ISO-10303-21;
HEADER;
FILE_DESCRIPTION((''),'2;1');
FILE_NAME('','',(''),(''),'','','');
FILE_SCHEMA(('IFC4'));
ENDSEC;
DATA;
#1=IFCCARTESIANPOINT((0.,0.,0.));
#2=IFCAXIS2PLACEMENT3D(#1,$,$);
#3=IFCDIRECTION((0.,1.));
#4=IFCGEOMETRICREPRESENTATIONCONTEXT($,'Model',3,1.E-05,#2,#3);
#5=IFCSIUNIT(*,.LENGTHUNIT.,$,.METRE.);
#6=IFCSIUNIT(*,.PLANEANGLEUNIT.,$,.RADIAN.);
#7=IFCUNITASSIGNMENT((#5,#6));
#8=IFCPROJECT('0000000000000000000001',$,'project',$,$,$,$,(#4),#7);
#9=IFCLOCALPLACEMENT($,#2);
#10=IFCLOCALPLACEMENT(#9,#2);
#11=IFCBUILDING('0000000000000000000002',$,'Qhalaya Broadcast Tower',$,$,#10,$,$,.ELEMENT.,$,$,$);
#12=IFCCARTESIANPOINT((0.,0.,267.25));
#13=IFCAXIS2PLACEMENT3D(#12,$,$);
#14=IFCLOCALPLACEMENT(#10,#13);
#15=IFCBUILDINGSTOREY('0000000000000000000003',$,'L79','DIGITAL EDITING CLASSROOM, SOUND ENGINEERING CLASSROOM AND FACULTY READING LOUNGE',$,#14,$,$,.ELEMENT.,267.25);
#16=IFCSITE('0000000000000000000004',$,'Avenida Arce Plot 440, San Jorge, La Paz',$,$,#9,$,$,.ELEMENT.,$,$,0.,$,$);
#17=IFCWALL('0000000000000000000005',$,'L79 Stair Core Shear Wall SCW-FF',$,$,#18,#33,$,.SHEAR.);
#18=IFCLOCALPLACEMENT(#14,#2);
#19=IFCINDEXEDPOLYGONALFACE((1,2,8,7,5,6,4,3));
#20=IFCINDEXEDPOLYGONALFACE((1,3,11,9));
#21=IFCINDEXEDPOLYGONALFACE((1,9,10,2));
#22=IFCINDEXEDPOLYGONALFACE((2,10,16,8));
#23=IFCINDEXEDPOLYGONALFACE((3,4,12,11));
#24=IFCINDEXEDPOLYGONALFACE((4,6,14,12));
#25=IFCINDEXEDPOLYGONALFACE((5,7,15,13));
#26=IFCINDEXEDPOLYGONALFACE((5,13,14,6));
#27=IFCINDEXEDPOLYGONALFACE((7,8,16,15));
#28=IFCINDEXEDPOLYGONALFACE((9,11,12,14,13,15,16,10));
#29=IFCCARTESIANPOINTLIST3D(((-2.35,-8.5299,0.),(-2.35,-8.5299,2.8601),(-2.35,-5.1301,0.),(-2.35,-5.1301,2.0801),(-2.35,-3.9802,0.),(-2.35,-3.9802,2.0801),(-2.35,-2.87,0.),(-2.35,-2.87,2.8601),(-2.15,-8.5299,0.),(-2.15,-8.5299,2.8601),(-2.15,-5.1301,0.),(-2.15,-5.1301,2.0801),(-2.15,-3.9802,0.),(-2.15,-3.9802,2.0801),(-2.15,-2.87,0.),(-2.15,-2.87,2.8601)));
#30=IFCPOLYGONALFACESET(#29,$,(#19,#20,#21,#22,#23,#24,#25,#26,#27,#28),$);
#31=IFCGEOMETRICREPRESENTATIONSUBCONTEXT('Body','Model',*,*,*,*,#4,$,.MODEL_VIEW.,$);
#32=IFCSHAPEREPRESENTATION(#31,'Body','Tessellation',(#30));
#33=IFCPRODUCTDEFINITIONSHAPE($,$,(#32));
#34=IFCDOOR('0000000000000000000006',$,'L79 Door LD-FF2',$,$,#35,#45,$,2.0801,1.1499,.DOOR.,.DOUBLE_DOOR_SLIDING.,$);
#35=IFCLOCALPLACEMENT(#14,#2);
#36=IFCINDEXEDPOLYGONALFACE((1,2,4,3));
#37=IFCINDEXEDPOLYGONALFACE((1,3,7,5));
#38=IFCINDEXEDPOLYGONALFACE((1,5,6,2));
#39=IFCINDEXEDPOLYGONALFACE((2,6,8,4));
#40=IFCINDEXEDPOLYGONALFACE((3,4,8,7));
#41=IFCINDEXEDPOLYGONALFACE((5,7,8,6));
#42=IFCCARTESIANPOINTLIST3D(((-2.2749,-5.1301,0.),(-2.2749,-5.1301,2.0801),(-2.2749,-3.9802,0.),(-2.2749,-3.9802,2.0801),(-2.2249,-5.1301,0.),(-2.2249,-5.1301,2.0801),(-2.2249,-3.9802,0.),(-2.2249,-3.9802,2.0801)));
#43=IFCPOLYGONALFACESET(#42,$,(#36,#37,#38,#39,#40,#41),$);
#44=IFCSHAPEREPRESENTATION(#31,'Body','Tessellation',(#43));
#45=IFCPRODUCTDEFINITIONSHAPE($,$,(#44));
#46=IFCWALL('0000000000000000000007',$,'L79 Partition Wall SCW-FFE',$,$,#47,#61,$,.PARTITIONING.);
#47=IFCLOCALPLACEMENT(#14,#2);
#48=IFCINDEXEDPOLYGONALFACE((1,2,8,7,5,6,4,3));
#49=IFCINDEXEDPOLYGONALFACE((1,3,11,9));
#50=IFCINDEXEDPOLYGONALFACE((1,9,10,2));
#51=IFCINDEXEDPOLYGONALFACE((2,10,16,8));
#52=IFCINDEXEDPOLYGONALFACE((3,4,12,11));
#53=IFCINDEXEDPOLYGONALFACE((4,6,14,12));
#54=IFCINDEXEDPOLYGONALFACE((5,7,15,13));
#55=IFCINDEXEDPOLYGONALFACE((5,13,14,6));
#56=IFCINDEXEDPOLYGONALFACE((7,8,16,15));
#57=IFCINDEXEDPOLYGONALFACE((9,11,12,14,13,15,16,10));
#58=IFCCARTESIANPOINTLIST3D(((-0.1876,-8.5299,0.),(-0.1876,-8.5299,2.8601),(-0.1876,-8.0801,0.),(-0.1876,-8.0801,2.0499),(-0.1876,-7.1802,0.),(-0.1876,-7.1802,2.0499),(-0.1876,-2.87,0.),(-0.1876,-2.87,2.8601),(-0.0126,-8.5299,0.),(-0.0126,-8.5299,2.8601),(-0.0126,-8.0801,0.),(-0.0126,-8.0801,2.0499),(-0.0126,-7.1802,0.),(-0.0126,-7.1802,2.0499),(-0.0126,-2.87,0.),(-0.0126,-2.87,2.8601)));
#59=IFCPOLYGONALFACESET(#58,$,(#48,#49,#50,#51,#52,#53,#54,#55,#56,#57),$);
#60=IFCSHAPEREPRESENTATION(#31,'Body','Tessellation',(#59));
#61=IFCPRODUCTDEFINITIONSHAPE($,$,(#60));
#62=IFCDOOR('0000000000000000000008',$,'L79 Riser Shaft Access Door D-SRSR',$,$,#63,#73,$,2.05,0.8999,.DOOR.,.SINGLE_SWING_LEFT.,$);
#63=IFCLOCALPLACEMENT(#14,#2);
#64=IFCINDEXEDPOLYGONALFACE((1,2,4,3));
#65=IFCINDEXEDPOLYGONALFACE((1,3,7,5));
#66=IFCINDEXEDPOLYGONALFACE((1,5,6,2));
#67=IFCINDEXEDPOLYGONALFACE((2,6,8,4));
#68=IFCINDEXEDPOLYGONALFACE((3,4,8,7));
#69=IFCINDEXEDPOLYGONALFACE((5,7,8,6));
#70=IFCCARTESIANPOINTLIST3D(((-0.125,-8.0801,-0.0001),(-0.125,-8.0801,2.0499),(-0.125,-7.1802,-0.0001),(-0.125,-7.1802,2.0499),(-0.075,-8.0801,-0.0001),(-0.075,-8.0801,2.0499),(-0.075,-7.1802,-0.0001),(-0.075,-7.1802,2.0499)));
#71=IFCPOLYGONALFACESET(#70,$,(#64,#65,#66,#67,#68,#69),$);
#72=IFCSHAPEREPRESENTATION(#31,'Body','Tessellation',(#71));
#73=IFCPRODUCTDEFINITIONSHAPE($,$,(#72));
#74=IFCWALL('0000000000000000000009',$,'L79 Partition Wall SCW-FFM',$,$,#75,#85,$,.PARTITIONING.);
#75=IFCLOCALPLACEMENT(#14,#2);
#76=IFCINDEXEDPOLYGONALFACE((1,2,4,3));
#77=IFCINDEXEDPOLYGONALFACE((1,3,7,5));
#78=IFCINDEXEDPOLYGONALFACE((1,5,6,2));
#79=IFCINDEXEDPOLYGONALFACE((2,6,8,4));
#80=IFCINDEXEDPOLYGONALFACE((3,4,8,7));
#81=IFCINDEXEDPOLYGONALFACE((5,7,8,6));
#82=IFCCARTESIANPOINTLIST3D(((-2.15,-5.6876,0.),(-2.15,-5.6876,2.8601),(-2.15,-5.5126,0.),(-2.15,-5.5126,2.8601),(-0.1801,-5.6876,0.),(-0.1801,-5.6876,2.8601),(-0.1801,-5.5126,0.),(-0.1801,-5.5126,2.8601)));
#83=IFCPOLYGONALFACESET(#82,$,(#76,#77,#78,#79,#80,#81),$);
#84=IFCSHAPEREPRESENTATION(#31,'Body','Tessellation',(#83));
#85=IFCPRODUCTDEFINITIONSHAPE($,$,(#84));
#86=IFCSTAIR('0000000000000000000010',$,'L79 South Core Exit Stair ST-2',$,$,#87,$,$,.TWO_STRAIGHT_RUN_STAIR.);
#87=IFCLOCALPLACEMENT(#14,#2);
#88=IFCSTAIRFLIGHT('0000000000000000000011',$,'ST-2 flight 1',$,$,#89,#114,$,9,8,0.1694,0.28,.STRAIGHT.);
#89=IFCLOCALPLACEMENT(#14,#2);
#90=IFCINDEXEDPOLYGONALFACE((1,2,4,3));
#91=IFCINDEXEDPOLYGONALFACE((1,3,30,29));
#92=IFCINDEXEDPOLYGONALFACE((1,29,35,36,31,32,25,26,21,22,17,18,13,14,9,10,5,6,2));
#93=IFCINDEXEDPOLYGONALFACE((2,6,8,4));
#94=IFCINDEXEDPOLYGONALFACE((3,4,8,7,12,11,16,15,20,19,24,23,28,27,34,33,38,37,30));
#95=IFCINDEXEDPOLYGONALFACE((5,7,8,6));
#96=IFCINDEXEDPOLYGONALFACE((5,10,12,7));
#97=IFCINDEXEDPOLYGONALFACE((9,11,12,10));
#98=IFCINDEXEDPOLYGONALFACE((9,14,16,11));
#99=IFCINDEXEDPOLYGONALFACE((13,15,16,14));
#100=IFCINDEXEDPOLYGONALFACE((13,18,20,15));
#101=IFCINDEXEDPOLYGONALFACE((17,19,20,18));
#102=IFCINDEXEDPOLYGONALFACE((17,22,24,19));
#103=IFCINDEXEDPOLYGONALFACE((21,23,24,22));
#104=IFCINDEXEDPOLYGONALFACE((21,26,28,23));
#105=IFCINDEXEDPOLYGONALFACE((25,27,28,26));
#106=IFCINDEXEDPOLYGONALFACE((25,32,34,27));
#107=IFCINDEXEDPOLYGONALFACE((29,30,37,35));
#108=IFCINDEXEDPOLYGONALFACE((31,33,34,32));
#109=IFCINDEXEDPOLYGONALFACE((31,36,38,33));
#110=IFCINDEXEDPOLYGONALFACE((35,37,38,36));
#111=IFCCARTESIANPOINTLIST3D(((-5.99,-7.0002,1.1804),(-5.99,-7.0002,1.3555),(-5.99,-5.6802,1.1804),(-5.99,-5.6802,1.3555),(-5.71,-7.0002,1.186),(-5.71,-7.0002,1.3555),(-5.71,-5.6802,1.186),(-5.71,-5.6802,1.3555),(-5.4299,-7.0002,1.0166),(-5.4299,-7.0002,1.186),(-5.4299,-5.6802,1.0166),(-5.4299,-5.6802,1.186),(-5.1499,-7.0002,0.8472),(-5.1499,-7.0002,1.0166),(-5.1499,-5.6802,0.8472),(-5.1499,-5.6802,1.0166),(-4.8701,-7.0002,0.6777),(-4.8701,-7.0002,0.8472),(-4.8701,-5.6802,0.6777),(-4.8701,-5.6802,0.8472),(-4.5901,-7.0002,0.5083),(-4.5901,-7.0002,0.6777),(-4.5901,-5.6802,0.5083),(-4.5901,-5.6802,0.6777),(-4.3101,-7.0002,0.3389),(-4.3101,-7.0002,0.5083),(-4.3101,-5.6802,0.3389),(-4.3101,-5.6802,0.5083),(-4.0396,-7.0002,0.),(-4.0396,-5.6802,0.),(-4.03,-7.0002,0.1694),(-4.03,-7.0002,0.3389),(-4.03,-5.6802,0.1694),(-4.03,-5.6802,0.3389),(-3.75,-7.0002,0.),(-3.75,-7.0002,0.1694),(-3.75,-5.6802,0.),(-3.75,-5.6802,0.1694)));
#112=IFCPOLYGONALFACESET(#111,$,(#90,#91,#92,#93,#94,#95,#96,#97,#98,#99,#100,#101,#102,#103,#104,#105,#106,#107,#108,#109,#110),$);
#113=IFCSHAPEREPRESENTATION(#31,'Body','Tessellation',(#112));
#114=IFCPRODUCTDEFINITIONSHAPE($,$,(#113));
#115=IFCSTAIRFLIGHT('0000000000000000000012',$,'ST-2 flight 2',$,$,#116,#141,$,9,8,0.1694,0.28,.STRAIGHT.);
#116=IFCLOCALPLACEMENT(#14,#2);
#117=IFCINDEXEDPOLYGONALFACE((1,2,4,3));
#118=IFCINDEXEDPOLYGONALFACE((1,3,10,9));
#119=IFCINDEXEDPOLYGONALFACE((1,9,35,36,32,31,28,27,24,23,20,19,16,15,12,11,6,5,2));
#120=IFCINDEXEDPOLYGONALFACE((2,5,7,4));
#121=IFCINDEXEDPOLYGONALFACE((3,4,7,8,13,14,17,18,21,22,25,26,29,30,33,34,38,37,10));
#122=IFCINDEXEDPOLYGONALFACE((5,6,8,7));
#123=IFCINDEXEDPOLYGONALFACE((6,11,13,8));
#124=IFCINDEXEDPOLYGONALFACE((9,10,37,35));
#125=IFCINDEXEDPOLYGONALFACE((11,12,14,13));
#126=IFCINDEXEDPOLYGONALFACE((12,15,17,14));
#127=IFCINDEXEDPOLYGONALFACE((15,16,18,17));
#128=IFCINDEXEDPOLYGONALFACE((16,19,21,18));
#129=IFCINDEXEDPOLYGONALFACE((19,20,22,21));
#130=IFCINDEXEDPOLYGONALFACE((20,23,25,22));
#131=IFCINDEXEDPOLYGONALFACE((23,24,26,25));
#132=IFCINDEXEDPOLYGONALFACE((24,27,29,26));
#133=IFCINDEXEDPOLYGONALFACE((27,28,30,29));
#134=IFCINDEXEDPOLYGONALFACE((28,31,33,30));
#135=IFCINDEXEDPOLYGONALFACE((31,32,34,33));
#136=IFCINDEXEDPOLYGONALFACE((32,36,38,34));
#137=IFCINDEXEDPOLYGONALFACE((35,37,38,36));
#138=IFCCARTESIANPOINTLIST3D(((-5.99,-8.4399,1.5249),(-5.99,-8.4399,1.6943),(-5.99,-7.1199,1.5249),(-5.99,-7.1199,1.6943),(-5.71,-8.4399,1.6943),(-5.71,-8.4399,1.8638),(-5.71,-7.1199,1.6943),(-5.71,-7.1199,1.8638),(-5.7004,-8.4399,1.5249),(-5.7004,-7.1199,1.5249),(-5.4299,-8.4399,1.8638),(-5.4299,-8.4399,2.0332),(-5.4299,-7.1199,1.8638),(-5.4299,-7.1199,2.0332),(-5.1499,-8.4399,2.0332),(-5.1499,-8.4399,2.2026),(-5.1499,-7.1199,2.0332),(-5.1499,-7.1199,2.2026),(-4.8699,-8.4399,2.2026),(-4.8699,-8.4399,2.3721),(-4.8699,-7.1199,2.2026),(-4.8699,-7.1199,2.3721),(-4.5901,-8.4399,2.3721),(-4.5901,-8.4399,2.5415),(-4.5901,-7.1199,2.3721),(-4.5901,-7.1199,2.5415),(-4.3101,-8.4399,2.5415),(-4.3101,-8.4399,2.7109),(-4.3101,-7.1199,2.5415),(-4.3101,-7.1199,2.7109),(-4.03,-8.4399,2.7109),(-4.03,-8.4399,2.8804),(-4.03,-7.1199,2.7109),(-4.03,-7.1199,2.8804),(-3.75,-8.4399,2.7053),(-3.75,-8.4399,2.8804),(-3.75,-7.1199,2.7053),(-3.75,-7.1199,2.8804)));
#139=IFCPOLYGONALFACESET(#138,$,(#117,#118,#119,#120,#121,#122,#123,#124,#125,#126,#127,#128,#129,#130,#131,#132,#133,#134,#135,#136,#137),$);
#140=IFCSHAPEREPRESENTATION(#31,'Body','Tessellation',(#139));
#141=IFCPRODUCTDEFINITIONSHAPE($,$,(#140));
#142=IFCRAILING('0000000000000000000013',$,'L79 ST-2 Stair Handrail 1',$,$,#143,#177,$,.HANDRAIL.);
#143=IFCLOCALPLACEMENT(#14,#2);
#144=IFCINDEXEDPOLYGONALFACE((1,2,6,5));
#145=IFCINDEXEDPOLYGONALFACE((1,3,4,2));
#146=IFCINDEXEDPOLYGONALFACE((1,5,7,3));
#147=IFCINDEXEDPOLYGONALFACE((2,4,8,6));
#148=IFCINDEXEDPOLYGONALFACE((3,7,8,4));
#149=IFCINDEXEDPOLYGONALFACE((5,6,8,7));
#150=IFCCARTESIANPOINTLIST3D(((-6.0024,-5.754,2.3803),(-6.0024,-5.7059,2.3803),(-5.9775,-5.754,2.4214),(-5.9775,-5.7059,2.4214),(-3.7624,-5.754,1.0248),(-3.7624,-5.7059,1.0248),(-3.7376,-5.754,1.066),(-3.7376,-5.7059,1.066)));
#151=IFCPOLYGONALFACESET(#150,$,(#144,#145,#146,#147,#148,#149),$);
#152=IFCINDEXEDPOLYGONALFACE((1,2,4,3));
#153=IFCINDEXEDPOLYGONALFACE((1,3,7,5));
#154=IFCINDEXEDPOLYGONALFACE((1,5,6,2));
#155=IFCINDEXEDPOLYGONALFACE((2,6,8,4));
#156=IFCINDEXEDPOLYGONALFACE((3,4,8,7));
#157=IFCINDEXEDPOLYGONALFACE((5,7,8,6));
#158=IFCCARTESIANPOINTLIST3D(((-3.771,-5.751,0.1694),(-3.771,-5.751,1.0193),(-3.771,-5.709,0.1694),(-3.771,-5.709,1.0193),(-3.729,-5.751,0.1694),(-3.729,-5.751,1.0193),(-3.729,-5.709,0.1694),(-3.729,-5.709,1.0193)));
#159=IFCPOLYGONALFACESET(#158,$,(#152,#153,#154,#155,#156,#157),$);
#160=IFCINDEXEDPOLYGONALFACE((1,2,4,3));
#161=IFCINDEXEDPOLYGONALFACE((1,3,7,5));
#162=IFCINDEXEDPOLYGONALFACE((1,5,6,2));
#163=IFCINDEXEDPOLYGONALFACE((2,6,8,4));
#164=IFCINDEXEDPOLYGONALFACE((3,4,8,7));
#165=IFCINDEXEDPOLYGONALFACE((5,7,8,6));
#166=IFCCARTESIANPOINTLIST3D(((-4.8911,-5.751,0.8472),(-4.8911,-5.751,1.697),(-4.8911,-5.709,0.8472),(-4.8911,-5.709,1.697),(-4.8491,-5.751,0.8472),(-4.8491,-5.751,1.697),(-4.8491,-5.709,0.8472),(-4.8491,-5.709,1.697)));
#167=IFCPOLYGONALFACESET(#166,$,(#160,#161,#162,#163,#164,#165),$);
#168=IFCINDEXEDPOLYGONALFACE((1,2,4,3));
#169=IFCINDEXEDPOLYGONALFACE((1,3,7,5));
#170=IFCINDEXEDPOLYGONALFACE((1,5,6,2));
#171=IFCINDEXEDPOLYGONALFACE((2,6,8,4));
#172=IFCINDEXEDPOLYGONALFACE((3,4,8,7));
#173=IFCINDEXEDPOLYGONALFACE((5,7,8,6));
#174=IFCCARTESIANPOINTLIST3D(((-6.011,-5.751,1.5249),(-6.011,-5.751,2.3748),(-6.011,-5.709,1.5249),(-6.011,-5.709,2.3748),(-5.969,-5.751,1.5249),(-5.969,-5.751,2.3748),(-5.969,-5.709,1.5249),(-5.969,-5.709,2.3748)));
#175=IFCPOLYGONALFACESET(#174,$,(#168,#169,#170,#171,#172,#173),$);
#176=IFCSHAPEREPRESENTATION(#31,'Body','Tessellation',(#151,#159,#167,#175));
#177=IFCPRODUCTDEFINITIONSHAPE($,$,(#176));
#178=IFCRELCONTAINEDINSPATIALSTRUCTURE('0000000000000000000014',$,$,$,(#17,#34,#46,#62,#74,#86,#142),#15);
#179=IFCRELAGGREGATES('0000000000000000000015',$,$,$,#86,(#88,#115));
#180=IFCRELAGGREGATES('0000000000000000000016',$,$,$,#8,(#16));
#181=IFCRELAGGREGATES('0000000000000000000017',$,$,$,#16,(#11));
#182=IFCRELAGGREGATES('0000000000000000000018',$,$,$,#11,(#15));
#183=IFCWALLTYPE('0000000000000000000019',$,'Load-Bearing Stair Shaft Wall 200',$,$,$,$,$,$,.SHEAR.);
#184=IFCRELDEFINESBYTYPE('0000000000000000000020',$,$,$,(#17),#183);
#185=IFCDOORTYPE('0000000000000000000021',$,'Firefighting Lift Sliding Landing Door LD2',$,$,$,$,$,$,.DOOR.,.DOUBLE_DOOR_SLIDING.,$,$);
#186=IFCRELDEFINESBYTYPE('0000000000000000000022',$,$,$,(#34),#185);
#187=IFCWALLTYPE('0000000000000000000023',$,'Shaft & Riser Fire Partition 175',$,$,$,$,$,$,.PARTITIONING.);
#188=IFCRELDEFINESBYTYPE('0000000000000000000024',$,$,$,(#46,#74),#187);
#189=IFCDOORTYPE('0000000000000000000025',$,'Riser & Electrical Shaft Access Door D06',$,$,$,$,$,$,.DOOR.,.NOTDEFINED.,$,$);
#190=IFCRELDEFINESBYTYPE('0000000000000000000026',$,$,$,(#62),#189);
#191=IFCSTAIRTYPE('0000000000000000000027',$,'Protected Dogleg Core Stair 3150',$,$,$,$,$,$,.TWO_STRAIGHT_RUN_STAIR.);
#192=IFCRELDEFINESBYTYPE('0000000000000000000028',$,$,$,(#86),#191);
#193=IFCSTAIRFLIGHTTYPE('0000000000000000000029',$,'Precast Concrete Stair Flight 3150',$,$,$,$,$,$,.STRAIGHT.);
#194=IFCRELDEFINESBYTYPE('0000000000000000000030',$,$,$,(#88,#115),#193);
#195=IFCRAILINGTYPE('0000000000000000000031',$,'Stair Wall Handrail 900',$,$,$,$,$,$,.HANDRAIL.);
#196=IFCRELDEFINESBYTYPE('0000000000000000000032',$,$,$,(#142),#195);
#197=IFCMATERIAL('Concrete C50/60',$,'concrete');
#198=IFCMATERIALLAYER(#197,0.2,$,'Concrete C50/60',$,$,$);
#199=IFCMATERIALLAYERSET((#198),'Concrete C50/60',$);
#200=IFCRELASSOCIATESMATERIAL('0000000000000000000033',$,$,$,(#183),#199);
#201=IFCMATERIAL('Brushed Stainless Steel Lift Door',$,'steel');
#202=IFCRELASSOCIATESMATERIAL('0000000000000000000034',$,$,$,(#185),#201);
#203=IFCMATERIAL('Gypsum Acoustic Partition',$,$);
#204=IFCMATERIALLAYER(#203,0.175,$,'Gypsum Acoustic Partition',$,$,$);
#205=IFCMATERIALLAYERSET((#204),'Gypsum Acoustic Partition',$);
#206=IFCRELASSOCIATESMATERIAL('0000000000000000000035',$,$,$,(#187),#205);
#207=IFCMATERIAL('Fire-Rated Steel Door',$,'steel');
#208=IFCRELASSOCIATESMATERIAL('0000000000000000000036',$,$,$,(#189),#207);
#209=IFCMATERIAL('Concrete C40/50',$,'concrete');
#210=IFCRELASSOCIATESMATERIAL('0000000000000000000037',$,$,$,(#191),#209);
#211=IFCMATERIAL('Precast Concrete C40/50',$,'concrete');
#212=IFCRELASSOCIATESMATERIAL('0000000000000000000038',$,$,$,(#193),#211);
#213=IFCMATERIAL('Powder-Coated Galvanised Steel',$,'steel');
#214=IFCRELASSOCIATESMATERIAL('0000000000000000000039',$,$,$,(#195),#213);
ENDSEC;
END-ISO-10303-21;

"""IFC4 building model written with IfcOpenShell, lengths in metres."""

from ifc_helpers import new_model, si_unit, direction, frame, frame_2d, origin, origin_2d, place, context, subcontext, project, spatial, polyline, rectangle, outline, extrude, material, layer, layer_set, type_object, element, fill, aggregate, save


model = new_model("IFC4")

# Units and contexts
model_context = context("Model", 3, precision=1e-05, world=origin(), true_north=direction((0.0, 1.0)))
body_context = subcontext(model_context, "Body", "Model", "MODEL_VIEW")
ifc_project = project(units=[si_unit("LENGTHUNIT", "METRE"), si_unit("PLANEANGLEUNIT", "RADIAN")], contexts=[model_context])

# Site, building, storey
site_placement = place(None, origin())
site = spatial("IfcSite", under=ifc_project, at=site_placement, Name="Avenida Arce Plot 440, San Jorge, La Paz", CompositionType="ELEMENT", RefElevation=0.0)
building_placement = place(site_placement, origin())
building = spatial("IfcBuilding", under=site, at=building_placement, Name="Qhalaya Broadcast Tower", CompositionType="ELEMENT")
storey_placement = place(building_placement, frame((0.0, 0.0, 267.25)))
storey = spatial("IfcBuildingStorey", under=building, at=storey_placement, Name="L79", Description="DIGITAL EDITING CLASSROOM, SOUND ENGINEERING CLASSROOM AND FACULTY READING LOUNGE", CompositionType="ELEMENT", Elevation=267.25)

# Shared definitions
ifc_material_1 = material(Name="Concrete C50/60", Category="concrete")

# Walls, openings, doors
ifc_layer_1 = layer(ifc_material_1, 0.2, Name="Concrete C50/60")
ifc_layer_set_1 = layer_set([ifc_layer_1], Name="Concrete C50/60")
wall_type_1 = type_object("IfcWallType", Name="Load-Bearing Stair Shaft Wall 200", PredefinedType="SHEAR", material=ifc_layer_set_1)
ifc_material_2 = material(Name="Fire-Rated Steel Door", Category="steel")
wall_1_placement = place(storey_placement, frame((-2.25, -8.53, 0.0), z_axis=(0.0, 0.0, 1.0), x_axis=(0.0, 1.0, 0.0)))
wall_1 = element("IfcWall", 1, at=wall_1_placement, inside=storey, type_object=wall_type_1, Name="L79 Stair Core Shear Wall SCW-FF", PredefinedType="SHEAR", context=body_context, shape_type="SweptSolid", body=[
    extrude(rectangle(XDim=5.6599, YDim=0.2, at=frame_2d((2.8301, 0.0))), origin(), (0.0, 0.0, 1.0), 2.8601),
])
opening_1_placement = place(wall_1_placement, frame((3.3999, 0.0, 0.0)))
opening_1 = element("IfcOpeningElement", 2, at=opening_1_placement, cuts=wall_1, PredefinedType="OPENING", context=body_context, shape_type="SweptSolid", body=[
    extrude(rectangle(XDim=1.1499, YDim=2.0801, at=frame_2d((0.575, 1.04))), frame((0.0, 0.1121, 0.0), z_axis=(0.0, -1.0, 0.0), x_axis=(1.0, 0.0, 0.0)), (0.0, 0.0, 1.0), 0.2239),
])
ifc_material_3 = material(Name="Brushed Stainless Steel Lift Door", Category="steel")
door_type_1 = type_object("IfcDoorType", Name="Firefighting Lift Sliding Landing Door LD2", OperationType="DOUBLE_DOOR_SLIDING", PredefinedType="DOOR", material=ifc_material_3)
door_1_placement = place(opening_1_placement, origin())
door_1 = element("IfcDoor", 3, at=door_1_placement, inside=storey, type_object=door_type_1, Name="L79 Door LD-FF2", OperationType="DOUBLE_DOOR_SLIDING", OverallHeight=2.0801, OverallWidth=1.1499, PredefinedType="DOOR", context=body_context, shape_type="SweptSolid", body=[
    extrude(rectangle(XDim=1.1499, YDim=2.0801, at=frame_2d((0.575, 1.04))), frame((0.0, 0.0249, 0.0), z_axis=(0.0, -1.0, 0.0), x_axis=(1.0, 0.0, 0.0)), (0.0, 0.0, 1.0), 0.05),
])
fill(opening_1, door_1)
ifc_material_4 = material(Name="Gypsum Acoustic Partition")
ifc_layer_2 = layer(ifc_material_4, 0.175, Name="Gypsum Acoustic Partition")
ifc_layer_set_2 = layer_set([ifc_layer_2], Name="Gypsum Acoustic Partition")
wall_type_2 = type_object("IfcWallType", Name="Shaft & Riser Fire Partition 175", PredefinedType="PARTITIONING", material=ifc_layer_set_2)
wall_2_placement = place(storey_placement, frame((-0.1001, -8.53, 0.0), z_axis=(0.0, 0.0, 1.0), x_axis=(0.0, 1.0, 0.0)))
wall_2 = element("IfcWall", 4, at=wall_2_placement, inside=storey, type_object=wall_type_2, Name="L79 Partition Wall SCW-FFE", PredefinedType="PARTITIONING", context=body_context, shape_type="SweptSolid", body=[
    extrude(rectangle(XDim=5.6599, YDim=0.175, at=frame_2d((2.8301, 0.0))), origin(), (0.0, 0.0, 1.0), 2.8601),
])
opening_2_placement = place(wall_2_placement, frame((0.45, 0.0, 0.0)))
opening_2 = element("IfcOpeningElement", 5, at=opening_2_placement, cuts=wall_2, PredefinedType="OPENING", context=body_context, shape_type="SweptSolid", body=[
    extrude(rectangle(XDim=0.8999, YDim=2.05, at=frame_2d((0.45, 1.0249))), frame((0.0, 0.0996, 0.0), z_axis=(0.0, -1.0, 0.0), x_axis=(1.0, 0.0, 0.0)), (0.0, 0.0, 1.0), 0.199),
])
door_type_2 = type_object("IfcDoorType", Name="Riser & Electrical Shaft Access Door D06", OperationType="NOTDEFINED", PredefinedType="DOOR", material=ifc_material_2)
door_2_placement = place(opening_2_placement, origin())
door_2 = element("IfcDoor", 6, at=door_2_placement, inside=storey, type_object=door_type_2, Name="L79 Riser Shaft Access Door D-SRSR", OperationType="SINGLE_SWING_LEFT", OverallHeight=2.05, OverallWidth=0.8999, PredefinedType="DOOR", context=body_context, shape_type="SweptSolid", body=[
    extrude(rectangle(XDim=0.8999, YDim=2.05, at=frame_2d((0.45, 1.0249))), frame((0.0, 0.0249, 0.0), z_axis=(0.0, -1.0, 0.0), x_axis=(1.0, 0.0, 0.0)), (0.0, 0.0, 1.0), 0.05),
])
fill(opening_2, door_2)

# Wall
wall_3_placement = place(storey_placement, frame((-2.1499, -5.6001, 0.0), z_axis=(0.0, 0.0, 1.0), x_axis=(1.0, 0.0, 0.0)))
element("IfcWall", 7, at=wall_3_placement, inside=storey, type_object=wall_type_2, Name="L79 Partition Wall SCW-FFM", PredefinedType="PARTITIONING", context=body_context, shape_type="SweptSolid", body=[
    extrude(rectangle(XDim=1.97, YDim=0.175, at=frame_2d((0.9849, 0.0))), origin(), (0.0, 0.0, 1.0), 2.8601),
])

# Stair, stair flights
ifc_material_5 = material(Name="Concrete C40/50", Category="concrete")
stair_type = type_object("IfcStairType", Name="Protected Dogleg Core Stair 3150", PredefinedType="TWO_STRAIGHT_RUN_STAIR", material=ifc_material_5)
stair_placement = place(storey_placement, origin())
stair = element("IfcStair", 8, at=stair_placement, inside=storey, type_object=stair_type, Name="L79 South Core Exit Stair ST-2", PredefinedType="TWO_STRAIGHT_RUN_STAIR")
ifc_material_6 = material(Name="Precast Concrete C40/50", Category="concrete")
stair_flight_type = type_object("IfcStairFlightType", Name="Precast Concrete Stair Flight 3150", PredefinedType="STRAIGHT", material=ifc_material_6)
stair_flight_1_placement = place(storey_placement, frame((-3.75, -6.3401, 0.0), z_axis=(0.0, 0.0, 1.0), x_axis=(-1.0, 0.0, 0.0)))
stair_flight_1 = element("IfcStairFlight", 9, at=stair_flight_1_placement, type_object=stair_flight_type, Name="ST-2 flight 1", NumberOfRisers=9, NumberOfTreads=8, PredefinedType="STRAIGHT", RiserHeight=0.1694, TreadLength=0.28, context=body_context, shape_type="SweptSolid", body=[
    extrude(outline(polyline([(0.0, 0.0), (0.0, 0.1694), (0.28, 0.1694), (0.28, 0.3389), (0.5601, 0.3389), (0.5601, 0.5083), (0.8401, 0.5083), (0.8401, 0.6777), (1.1201, 0.6777), (1.1201, 0.8472), (1.3999, 0.8472), (1.3999, 1.0166), (1.6799, 1.0166), (1.6799, 1.186), (1.96, 1.186), (1.96, 1.3555), (2.24, 1.3555), (2.24, 1.5249), (2.24, 1.1804), (0.2896, 0.0), (0.0, 0.0)])), frame((0.0, 0.6602, 0.0), z_axis=(0.0, -1.0, 0.0), x_axis=(1.0, 0.0, 0.0)), (0.0, 0.0, 1.0), 1.3201),
])
stair_flight_2_placement = place(storey_placement, frame((-5.99, -7.78, 1.5249), z_axis=(0.0, 0.0, 1.0), x_axis=(1.0, 0.0, 0.0)))
stair_flight_2 = element("IfcStairFlight", 10, at=stair_flight_2_placement, type_object=stair_flight_type, Name="ST-2 flight 2", NumberOfRisers=9, NumberOfTreads=8, PredefinedType="STRAIGHT", RiserHeight=0.1694, TreadLength=0.28, context=body_context, shape_type="SweptSolid", body=[
    extrude(outline(polyline([(0.0, 0.0), (0.0, 0.1694), (0.28, 0.1694), (0.28, 0.3389), (0.5601, 0.3389), (0.5601, 0.5083), (0.8401, 0.5083), (0.8401, 0.6777), (1.1201, 0.6777), (1.1201, 0.8472), (1.3999, 0.8472), (1.3999, 1.0166), (1.6799, 1.0166), (1.6799, 1.186), (1.96, 1.186), (1.96, 1.3555), (2.24, 1.3555), (2.24, 1.5249), (2.24, 1.1804), (0.2896, 0.0), (0.0, 0.0)])), frame((0.0, 0.6602, 0.0), z_axis=(0.0, -1.0, 0.0), x_axis=(1.0, 0.0, 0.0)), (0.0, 0.0, 1.0), 1.3201),
])
aggregate(stair, [stair_flight_1, stair_flight_2])

# Railing
ifc_material_7 = material(Name="Powder-Coated Galvanised Steel", Category="steel")
railing_type_1 = type_object("IfcRailingType", Name="Stair Wall Handrail 900", PredefinedType="HANDRAIL", material=ifc_material_7)
railing_1_placement = place(storey_placement, frame((-3.75, -5.73, 0.1694)))
element("IfcRailing", 11, at=railing_1_placement, inside=storey, type_object=railing_type_1, Name="L79 ST-2 Stair Handrail 1", PredefinedType="HANDRAIL", context=body_context, shape_type="SweptSolid", body=[
    extrude(rectangle(XDim=0.0481, YDim=0.0481, at=origin_2d()), frame((0.0, 0.0, 0.876), z_axis=(-0.855553, 0.0, 0.517715), x_axis=(0.0, -1.0, 0.0)), (0.0, 0.0, 1.0), 2.6182),
    extrude(rectangle(XDim=0.042, YDim=0.042, at=origin_2d()), origin(), (0.0, 0.0, 1.0), 0.8499),
    extrude(rectangle(XDim=0.042, YDim=0.042, at=origin_2d()), frame((-1.1201, 0.0, 0.6777)), (0.0, 0.0, 1.0), 0.8499),
    extrude(rectangle(XDim=0.042, YDim=0.042, at=origin_2d()), frame((-2.24, 0.0, 1.3555)), (0.0, 0.0, 1.0), 0.8499),
])

save(model, "model.ifc")
